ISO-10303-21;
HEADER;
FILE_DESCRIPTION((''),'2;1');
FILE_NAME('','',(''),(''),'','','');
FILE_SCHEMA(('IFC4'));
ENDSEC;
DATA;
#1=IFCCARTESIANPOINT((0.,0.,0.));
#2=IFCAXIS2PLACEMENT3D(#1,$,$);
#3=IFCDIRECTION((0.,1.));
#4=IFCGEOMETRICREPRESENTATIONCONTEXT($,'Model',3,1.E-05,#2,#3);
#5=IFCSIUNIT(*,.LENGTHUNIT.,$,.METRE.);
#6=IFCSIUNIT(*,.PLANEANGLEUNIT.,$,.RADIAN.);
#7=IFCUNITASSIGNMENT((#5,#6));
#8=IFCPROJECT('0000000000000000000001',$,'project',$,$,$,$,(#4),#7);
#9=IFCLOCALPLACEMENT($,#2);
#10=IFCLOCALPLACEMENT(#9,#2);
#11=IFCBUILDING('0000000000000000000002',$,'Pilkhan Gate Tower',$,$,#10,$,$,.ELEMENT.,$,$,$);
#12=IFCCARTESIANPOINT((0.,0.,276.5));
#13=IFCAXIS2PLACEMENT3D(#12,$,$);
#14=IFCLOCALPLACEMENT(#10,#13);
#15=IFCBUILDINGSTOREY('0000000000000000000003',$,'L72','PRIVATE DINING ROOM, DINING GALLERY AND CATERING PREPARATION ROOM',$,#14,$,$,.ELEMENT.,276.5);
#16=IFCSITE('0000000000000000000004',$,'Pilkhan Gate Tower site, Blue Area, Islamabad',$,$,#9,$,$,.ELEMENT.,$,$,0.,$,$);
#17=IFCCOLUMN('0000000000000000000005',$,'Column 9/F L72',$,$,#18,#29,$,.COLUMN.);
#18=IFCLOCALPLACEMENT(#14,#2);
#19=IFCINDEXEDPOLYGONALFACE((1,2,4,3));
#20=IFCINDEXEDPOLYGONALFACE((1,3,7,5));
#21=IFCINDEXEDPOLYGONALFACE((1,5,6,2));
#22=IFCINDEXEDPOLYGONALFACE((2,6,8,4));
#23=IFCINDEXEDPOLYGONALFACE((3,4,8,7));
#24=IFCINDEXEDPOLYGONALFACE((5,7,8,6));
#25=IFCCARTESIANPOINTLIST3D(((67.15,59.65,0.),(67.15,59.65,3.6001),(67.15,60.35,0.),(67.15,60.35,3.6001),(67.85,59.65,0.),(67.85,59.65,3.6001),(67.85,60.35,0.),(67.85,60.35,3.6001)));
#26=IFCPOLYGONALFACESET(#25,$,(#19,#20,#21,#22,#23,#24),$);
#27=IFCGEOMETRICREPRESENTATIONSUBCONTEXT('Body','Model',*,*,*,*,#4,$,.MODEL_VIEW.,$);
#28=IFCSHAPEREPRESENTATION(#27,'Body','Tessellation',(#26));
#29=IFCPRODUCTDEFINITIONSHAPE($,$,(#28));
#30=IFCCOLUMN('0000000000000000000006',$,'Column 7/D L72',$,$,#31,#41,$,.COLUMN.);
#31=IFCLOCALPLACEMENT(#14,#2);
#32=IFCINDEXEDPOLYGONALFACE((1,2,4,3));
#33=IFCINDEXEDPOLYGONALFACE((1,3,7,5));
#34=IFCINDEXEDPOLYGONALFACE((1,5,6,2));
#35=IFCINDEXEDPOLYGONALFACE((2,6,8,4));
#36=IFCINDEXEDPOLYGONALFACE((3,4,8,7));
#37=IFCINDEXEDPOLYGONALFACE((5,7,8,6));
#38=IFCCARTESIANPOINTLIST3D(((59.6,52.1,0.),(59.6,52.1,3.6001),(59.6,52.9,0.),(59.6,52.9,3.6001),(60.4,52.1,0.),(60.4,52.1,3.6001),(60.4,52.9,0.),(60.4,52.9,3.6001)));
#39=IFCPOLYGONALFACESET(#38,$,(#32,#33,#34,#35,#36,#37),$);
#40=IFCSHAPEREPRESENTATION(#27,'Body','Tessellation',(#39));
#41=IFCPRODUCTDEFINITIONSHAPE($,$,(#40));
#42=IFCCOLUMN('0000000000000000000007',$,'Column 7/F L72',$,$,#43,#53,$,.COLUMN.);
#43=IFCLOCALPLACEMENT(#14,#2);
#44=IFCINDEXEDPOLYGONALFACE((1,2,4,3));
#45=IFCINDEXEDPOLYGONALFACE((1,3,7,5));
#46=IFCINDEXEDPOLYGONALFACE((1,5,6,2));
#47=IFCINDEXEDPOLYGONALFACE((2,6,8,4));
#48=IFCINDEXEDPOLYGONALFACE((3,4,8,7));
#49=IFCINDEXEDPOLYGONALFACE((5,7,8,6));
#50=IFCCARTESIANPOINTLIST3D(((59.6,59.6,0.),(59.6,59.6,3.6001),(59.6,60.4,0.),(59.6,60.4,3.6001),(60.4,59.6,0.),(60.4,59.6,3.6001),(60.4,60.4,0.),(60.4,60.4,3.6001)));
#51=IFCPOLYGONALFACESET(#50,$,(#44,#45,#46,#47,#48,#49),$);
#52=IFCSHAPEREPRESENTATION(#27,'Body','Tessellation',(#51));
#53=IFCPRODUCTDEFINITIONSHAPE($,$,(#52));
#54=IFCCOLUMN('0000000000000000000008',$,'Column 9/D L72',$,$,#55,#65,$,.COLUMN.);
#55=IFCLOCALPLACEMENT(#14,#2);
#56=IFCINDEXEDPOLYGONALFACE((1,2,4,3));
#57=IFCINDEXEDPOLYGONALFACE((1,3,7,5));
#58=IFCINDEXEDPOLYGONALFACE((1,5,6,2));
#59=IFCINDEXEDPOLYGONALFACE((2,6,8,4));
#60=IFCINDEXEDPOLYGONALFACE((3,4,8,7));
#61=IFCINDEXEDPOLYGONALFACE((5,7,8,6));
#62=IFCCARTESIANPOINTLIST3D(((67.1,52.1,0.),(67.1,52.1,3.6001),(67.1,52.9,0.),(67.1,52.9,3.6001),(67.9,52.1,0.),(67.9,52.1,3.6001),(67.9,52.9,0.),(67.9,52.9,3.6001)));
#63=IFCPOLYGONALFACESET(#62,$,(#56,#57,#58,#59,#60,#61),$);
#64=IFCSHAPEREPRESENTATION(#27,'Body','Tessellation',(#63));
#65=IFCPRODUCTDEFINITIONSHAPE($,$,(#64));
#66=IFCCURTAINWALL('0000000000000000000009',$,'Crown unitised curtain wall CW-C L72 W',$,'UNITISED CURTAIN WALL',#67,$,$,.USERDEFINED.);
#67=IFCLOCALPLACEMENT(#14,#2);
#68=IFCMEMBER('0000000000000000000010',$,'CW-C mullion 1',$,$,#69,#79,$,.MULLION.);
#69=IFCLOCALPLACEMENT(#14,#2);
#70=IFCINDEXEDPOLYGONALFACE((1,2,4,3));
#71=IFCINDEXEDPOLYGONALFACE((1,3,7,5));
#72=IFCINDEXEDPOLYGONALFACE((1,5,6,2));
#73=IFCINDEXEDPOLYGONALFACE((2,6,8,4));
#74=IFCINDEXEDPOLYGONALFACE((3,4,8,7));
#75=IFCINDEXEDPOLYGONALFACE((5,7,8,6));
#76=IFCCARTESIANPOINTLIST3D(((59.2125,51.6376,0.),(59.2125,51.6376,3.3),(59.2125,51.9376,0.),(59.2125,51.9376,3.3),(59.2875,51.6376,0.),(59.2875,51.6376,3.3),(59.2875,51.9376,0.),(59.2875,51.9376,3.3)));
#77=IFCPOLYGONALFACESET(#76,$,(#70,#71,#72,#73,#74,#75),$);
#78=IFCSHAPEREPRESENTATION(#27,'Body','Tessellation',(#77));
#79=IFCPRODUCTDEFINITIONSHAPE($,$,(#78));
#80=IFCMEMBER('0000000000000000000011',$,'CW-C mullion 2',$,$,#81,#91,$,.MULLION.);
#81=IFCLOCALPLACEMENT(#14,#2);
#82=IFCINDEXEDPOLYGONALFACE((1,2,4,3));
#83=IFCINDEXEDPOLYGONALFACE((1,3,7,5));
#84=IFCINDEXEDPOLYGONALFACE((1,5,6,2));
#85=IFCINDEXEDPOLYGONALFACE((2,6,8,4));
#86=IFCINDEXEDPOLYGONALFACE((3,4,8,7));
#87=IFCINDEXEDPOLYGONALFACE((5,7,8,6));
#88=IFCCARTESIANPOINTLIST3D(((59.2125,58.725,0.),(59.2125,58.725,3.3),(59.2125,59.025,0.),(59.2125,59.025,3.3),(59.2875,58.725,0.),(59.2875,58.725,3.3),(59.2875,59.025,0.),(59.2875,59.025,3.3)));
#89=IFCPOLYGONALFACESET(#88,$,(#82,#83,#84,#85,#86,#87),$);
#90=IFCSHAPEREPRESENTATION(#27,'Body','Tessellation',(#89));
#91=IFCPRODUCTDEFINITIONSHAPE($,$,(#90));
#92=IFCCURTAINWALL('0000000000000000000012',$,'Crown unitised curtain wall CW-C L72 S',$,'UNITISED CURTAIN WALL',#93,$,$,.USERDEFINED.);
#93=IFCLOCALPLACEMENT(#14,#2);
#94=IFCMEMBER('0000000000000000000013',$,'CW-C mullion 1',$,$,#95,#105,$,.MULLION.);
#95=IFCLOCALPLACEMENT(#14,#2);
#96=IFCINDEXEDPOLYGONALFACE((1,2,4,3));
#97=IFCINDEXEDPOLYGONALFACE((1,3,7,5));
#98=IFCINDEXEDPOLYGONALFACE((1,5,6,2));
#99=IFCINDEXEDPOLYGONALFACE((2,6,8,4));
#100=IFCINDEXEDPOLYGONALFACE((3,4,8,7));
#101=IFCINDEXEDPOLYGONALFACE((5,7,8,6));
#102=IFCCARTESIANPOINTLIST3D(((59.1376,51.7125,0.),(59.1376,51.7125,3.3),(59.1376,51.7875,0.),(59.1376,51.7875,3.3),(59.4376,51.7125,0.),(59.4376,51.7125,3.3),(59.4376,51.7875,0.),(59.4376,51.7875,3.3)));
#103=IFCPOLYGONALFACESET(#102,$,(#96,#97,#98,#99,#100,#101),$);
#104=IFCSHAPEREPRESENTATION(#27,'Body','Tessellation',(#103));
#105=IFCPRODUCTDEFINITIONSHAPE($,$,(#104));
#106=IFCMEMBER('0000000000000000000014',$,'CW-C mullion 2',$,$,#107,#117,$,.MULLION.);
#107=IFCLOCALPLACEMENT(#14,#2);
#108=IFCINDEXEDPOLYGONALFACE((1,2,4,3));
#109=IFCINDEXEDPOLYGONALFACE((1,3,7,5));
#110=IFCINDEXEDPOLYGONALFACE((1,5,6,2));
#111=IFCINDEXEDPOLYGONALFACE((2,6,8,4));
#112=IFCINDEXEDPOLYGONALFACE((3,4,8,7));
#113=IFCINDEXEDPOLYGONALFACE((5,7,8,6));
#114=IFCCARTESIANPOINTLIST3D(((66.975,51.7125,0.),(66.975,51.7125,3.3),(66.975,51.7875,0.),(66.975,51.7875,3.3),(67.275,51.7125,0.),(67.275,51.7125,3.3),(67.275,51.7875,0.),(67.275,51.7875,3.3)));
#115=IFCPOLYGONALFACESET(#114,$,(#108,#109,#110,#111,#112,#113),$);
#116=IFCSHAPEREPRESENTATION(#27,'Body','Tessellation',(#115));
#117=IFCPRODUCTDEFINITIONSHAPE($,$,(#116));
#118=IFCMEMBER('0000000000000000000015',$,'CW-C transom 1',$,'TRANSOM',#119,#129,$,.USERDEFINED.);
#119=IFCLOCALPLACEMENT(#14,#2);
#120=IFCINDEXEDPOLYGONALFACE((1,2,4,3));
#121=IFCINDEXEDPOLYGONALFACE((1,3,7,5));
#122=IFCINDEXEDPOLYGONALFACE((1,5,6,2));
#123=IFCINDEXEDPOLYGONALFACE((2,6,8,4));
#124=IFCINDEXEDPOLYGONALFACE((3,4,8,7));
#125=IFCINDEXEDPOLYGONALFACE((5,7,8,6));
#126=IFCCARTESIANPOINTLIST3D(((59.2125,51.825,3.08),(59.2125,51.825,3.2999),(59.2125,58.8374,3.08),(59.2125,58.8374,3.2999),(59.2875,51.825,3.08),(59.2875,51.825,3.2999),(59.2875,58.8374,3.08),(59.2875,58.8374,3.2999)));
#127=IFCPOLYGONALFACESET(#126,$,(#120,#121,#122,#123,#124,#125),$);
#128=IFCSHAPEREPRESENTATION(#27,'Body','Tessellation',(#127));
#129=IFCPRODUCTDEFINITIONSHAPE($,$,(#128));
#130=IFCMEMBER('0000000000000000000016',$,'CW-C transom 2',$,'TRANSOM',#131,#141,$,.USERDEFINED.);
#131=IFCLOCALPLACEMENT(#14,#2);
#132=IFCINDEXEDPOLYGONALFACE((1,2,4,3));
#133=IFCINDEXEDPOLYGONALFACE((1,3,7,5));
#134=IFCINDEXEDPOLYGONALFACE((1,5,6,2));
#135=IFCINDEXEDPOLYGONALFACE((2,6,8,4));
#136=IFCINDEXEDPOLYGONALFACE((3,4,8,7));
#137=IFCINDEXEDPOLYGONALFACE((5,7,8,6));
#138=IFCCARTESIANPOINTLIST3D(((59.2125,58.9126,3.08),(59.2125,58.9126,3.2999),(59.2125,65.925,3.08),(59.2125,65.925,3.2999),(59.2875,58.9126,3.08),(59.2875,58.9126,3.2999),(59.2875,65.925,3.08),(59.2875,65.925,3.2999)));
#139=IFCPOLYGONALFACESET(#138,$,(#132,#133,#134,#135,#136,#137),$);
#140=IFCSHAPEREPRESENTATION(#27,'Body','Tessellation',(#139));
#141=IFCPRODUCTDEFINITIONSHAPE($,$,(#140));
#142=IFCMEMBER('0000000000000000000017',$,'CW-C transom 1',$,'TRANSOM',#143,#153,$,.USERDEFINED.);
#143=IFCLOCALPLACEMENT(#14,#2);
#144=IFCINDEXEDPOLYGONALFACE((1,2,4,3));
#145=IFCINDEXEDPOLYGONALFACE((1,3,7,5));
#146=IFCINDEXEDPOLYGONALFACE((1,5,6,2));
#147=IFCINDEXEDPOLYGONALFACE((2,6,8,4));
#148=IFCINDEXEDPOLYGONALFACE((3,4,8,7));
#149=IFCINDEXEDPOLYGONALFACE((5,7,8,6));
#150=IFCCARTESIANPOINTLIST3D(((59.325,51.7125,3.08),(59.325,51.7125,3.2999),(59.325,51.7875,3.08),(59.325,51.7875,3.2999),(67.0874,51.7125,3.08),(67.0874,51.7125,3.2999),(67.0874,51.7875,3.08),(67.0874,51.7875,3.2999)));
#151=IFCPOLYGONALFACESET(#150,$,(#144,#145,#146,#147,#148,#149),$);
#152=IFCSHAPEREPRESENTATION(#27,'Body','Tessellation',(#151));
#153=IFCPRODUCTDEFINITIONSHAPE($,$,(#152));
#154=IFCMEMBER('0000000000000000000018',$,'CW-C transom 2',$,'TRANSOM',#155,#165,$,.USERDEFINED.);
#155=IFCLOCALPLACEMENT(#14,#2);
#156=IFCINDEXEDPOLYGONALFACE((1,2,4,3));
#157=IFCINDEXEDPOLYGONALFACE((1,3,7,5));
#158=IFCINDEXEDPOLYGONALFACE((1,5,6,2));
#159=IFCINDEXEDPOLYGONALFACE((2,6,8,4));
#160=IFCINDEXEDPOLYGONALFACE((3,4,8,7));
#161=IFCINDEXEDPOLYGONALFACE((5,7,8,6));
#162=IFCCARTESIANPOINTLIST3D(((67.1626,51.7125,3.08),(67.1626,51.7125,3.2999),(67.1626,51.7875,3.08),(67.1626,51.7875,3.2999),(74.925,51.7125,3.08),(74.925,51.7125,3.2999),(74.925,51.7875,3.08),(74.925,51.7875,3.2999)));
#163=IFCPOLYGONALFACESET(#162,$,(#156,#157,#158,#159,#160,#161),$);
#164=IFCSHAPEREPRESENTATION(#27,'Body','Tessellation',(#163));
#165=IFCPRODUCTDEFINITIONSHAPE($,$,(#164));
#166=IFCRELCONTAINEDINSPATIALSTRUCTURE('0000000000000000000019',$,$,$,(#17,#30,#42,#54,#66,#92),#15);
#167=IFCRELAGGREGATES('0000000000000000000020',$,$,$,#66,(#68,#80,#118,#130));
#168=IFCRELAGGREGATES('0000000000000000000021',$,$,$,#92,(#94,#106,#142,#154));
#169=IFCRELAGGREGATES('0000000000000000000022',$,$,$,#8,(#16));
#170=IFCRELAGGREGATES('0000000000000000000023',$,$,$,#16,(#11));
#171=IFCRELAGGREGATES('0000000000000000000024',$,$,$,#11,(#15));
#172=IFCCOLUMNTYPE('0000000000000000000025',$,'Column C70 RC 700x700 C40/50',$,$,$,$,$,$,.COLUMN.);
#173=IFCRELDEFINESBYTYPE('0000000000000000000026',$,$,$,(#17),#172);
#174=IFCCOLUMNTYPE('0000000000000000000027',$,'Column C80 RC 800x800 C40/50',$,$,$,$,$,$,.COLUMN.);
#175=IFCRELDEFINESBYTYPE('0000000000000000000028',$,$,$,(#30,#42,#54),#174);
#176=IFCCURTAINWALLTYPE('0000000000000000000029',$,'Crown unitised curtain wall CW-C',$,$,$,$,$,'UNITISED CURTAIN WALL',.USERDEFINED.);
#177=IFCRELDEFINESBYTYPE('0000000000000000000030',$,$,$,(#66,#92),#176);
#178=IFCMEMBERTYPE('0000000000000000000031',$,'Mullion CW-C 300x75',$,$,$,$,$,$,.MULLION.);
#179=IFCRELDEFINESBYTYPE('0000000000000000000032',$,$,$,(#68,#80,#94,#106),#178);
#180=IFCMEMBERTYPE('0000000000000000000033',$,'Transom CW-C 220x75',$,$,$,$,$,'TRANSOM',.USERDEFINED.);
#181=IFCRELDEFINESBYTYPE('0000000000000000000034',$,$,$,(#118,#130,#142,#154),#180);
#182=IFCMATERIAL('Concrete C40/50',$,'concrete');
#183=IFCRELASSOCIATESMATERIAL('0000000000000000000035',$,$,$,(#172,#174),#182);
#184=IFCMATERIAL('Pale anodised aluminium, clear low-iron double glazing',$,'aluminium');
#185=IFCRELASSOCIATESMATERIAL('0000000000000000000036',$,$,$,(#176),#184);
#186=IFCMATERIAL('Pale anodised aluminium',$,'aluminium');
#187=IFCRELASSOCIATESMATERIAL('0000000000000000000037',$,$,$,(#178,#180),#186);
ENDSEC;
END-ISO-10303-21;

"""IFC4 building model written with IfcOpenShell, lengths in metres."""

from ifc_helpers import new_model, si_unit, direction, frame, origin, origin_2d, place, context, subcontext, project, spatial, rectangle, extrude, material, material_profile, profile_set, type_object, element, aggregate, save


model = new_model("IFC4")

# Units and contexts
model_context = context("Model", 3, precision=1e-05, world=origin(), true_north=direction((0.0, 1.0)))
body_context = subcontext(model_context, "Body", "Model", "MODEL_VIEW")
ifc_project = project(units=[si_unit("LENGTHUNIT", "METRE"), si_unit("PLANEANGLEUNIT", "RADIAN")], contexts=[model_context])

# Site, building, storey
site_placement = place(None, origin())
site = spatial("IfcSite", under=ifc_project, at=site_placement, Name="Pilkhan Gate Tower site, Blue Area, Islamabad", CompositionType="ELEMENT", RefElevation=0.0)
building_placement = place(site_placement, origin())
building = spatial("IfcBuilding", under=site, at=building_placement, Name="Pilkhan Gate Tower", CompositionType="ELEMENT")
storey_placement = place(building_placement, frame((0.0, 0.0, 276.5)))
storey = spatial("IfcBuildingStorey", under=building, at=storey_placement, Name="L72", Description="PRIVATE DINING ROOM, DINING GALLERY AND CATERING PREPARATION ROOM", CompositionType="ELEMENT", Elevation=276.5)

# Columns
ifc_material_1 = material(Name="Concrete C40/50", Category="concrete")
ifc_material_profile_1 = material_profile(ifc_material_1, rectangle(XDim=0.7, YDim=0.7, at=origin_2d()), Name="RC 700x700")
ifc_profile_set_1 = profile_set([ifc_material_profile_1], Name="Concrete C40/50")
column_type_1 = type_object("IfcColumnType", Name="Column C70 RC 700x700 C40/50", PredefinedType="COLUMN", material=ifc_profile_set_1)
column_placement = place(storey_placement, frame((67.5, 60.0, 0.0), z_axis=(0.0, 0.0, 1.0), x_axis=(1.0, 0.0, 0.0)))
element("IfcColumn", 1, at=column_placement, inside=storey, type_object=column_type_1, Name="Column 9/F L72", PredefinedType="COLUMN", context=body_context, shape_type="SweptSolid", body=[
    extrude(rectangle(XDim=0.7, YDim=0.7, at=origin_2d()), origin(), (0.0, 0.0, 1.0), 3.6001),
])
ifc_material_profile_2 = material_profile(ifc_material_1, rectangle(XDim=0.8, YDim=0.8, at=origin_2d()), Name="RC 800x800")
ifc_profile_set_2 = profile_set([ifc_material_profile_2], Name="Concrete C40/50")
column_type_2 = type_object("IfcColumnType", Name="Column C80 RC 800x800 C40/50", PredefinedType="COLUMN", material=ifc_profile_set_2)
for number, where, z_axis, x_axis, name in (
    (2, (60.0, 52.5, 0.0), (0.0, 0.0, 1.0), (1.0, 0.0, 0.0), "Column 7/D L72"),
    (3, (60.0, 60.0, 0.0), (0.0, 0.0, 1.0), (1.0, 0.0, 0.0), "Column 7/F L72"),
    (4, (67.5, 52.5, 0.0), (0.0, 0.0, 1.0), (1.0, 0.0, 0.0), "Column 9/D L72"),
):
    element("IfcColumn", number, at=place(storey_placement, frame(where, z_axis=z_axis, x_axis=x_axis)), inside=storey, type_object=column_type_2, Name=name, PredefinedType="COLUMN", context=body_context, shape_type="SweptSolid", body=[
        extrude(rectangle(XDim=0.8, YDim=0.8, at=origin_2d()), origin(), (0.0, 0.0, 1.0), 3.6001),
    ])

# Curtain walls, members
ifc_material_2 = material(Name="Pale anodised aluminium, clear low-iron double glazing", Category="aluminium")
curtain_wall_type = type_object("IfcCurtainWallType", Name="Crown unitised curtain wall CW-C", ElementType="UNITISED CURTAIN WALL", PredefinedType="USERDEFINED", material=ifc_material_2)
curtain_wall_1_placement = place(storey_placement, origin())
curtain_wall_1 = element("IfcCurtainWall", 5, at=curtain_wall_1_placement, inside=storey, type_object=curtain_wall_type, Name="Crown unitised curtain wall CW-C L72 W", ObjectType="UNITISED CURTAIN WALL", PredefinedType="USERDEFINED")
ifc_material_3 = material(Name="Pale anodised aluminium", Category="aluminium")
ifc_material_profile_3 = material_profile(ifc_material_3, rectangle(XDim=0.075, YDim=0.3, at=origin_2d()), Name="Mullion 300x75")
ifc_profile_set_3 = profile_set([ifc_material_profile_3], Name="Pale anodised aluminium")
member_type_1 = type_object("IfcMemberType", Name="Mullion CW-C 300x75", PredefinedType="MULLION", material=ifc_profile_set_3)
member_1_placement = place(storey_placement, frame((59.25, 51.7876, 0.0), z_axis=(0.0, 0.0, 1.0), x_axis=(-1.0, 0.0, 0.0)))
member_1 = element("IfcMember", 6, at=member_1_placement, type_object=member_type_1, Name="CW-C mullion 1", PredefinedType="MULLION", context=body_context, shape_type="SweptSolid", body=[
    extrude(rectangle(XDim=0.075, YDim=0.3, at=origin_2d()), origin(), (0.0, 0.0, 1.0), 3.3),
])
member_2_placement = place(storey_placement, frame((59.25, 58.875, 0.0), z_axis=(0.0, 0.0, 1.0), x_axis=(-1.0, 0.0, 0.0)))
member_2 = element("IfcMember", 7, at=member_2_placement, type_object=member_type_1, Name="CW-C mullion 2", PredefinedType="MULLION", context=body_context, shape_type="SweptSolid", body=[
    extrude(rectangle(XDim=0.075, YDim=0.3, at=origin_2d()), origin(), (0.0, 0.0, 1.0), 3.3),
])
curtain_wall_2_placement = place(storey_placement, origin())
curtain_wall_2 = element("IfcCurtainWall", 8, at=curtain_wall_2_placement, inside=storey, type_object=curtain_wall_type, Name="Crown unitised curtain wall CW-C L72 S", ObjectType="UNITISED CURTAIN WALL", PredefinedType="USERDEFINED")
member_3_placement = place(storey_placement, frame((59.2876, 51.75, 0.0), z_axis=(0.0, 0.0, 1.0), x_axis=(0.0, 1.0, 0.0)))
member_3 = element("IfcMember", 9, at=member_3_placement, type_object=member_type_1, Name="CW-C mullion 1", PredefinedType="MULLION", context=body_context, shape_type="SweptSolid", body=[
    extrude(rectangle(XDim=0.075, YDim=0.3, at=origin_2d()), origin(), (0.0, 0.0, 1.0), 3.3),
])
member_4_placement = place(storey_placement, frame((67.125, 51.75, 0.0), z_axis=(0.0, 0.0, 1.0), x_axis=(0.0, 1.0, 0.0)))
member_4 = element("IfcMember", 10, at=member_4_placement, type_object=member_type_1, Name="CW-C mullion 2", PredefinedType="MULLION", context=body_context, shape_type="SweptSolid", body=[
    extrude(rectangle(XDim=0.075, YDim=0.3, at=origin_2d()), origin(), (0.0, 0.0, 1.0), 3.3),
])

# Members
ifc_material_profile_4 = material_profile(ifc_material_3, rectangle(XDim=0.075, YDim=0.22, at=origin_2d()), Name="Transom 220x75")
ifc_profile_set_4 = profile_set([ifc_material_profile_4], Name="Pale anodised aluminium")
member_type_2 = type_object("IfcMemberType", Name="Transom CW-C 220x75", ElementType="TRANSOM", PredefinedType="USERDEFINED", material=ifc_profile_set_4)
member_5_placement = place(storey_placement, frame((59.25, 51.825, 3.1899), z_axis=(0.0, 1.0, 0.0), x_axis=(-1.0, 0.0, 0.0)))
member_5 = element("IfcMember", 11, at=member_5_placement, type_object=member_type_2, Name="CW-C transom 1", ObjectType="TRANSOM", PredefinedType="USERDEFINED", context=body_context, shape_type="SweptSolid", body=[
    extrude(rectangle(XDim=0.075, YDim=0.22, at=origin_2d()), origin(), (0.0, 0.0, 1.0), 7.0125),
])
member_6_placement = place(storey_placement, frame((59.25, 58.9126, 3.1899), z_axis=(0.0, 1.0, 0.0), x_axis=(-1.0, 0.0, 0.0)))
member_6 = element("IfcMember", 12, at=member_6_placement, type_object=member_type_2, Name="CW-C transom 2", ObjectType="TRANSOM", PredefinedType="USERDEFINED", context=body_context, shape_type="SweptSolid", body=[
    extrude(rectangle(XDim=0.075, YDim=0.22, at=origin_2d()), origin(), (0.0, 0.0, 1.0), 7.0125),
])
member_7_placement = place(storey_placement, frame((59.325, 51.75, 3.1899), z_axis=(1.0, 0.0, 0.0), x_axis=(0.0, 1.0, 0.0)))
member_7 = element("IfcMember", 13, at=member_7_placement, type_object=member_type_2, Name="CW-C transom 1", ObjectType="TRANSOM", PredefinedType="USERDEFINED", context=body_context, shape_type="SweptSolid", body=[
    extrude(rectangle(XDim=0.075, YDim=0.22, at=origin_2d()), origin(), (0.0, 0.0, 1.0), 7.7625),
])
member_8_placement = place(storey_placement, frame((67.1626, 51.75, 3.1899), z_axis=(1.0, 0.0, 0.0), x_axis=(0.0, 1.0, 0.0)))
member_8 = element("IfcMember", 14, at=member_8_placement, type_object=member_type_2, Name="CW-C transom 2", ObjectType="TRANSOM", PredefinedType="USERDEFINED", context=body_context, shape_type="SweptSolid", body=[
    extrude(rectangle(XDim=0.075, YDim=0.22, at=origin_2d()), origin(), (0.0, 0.0, 1.0), 7.7625),
])

aggregate(curtain_wall_1, [member_1, member_2, member_5, member_6])
aggregate(curtain_wall_2, [member_3, member_4, member_7, member_8])

save(model, "model.ifc")
